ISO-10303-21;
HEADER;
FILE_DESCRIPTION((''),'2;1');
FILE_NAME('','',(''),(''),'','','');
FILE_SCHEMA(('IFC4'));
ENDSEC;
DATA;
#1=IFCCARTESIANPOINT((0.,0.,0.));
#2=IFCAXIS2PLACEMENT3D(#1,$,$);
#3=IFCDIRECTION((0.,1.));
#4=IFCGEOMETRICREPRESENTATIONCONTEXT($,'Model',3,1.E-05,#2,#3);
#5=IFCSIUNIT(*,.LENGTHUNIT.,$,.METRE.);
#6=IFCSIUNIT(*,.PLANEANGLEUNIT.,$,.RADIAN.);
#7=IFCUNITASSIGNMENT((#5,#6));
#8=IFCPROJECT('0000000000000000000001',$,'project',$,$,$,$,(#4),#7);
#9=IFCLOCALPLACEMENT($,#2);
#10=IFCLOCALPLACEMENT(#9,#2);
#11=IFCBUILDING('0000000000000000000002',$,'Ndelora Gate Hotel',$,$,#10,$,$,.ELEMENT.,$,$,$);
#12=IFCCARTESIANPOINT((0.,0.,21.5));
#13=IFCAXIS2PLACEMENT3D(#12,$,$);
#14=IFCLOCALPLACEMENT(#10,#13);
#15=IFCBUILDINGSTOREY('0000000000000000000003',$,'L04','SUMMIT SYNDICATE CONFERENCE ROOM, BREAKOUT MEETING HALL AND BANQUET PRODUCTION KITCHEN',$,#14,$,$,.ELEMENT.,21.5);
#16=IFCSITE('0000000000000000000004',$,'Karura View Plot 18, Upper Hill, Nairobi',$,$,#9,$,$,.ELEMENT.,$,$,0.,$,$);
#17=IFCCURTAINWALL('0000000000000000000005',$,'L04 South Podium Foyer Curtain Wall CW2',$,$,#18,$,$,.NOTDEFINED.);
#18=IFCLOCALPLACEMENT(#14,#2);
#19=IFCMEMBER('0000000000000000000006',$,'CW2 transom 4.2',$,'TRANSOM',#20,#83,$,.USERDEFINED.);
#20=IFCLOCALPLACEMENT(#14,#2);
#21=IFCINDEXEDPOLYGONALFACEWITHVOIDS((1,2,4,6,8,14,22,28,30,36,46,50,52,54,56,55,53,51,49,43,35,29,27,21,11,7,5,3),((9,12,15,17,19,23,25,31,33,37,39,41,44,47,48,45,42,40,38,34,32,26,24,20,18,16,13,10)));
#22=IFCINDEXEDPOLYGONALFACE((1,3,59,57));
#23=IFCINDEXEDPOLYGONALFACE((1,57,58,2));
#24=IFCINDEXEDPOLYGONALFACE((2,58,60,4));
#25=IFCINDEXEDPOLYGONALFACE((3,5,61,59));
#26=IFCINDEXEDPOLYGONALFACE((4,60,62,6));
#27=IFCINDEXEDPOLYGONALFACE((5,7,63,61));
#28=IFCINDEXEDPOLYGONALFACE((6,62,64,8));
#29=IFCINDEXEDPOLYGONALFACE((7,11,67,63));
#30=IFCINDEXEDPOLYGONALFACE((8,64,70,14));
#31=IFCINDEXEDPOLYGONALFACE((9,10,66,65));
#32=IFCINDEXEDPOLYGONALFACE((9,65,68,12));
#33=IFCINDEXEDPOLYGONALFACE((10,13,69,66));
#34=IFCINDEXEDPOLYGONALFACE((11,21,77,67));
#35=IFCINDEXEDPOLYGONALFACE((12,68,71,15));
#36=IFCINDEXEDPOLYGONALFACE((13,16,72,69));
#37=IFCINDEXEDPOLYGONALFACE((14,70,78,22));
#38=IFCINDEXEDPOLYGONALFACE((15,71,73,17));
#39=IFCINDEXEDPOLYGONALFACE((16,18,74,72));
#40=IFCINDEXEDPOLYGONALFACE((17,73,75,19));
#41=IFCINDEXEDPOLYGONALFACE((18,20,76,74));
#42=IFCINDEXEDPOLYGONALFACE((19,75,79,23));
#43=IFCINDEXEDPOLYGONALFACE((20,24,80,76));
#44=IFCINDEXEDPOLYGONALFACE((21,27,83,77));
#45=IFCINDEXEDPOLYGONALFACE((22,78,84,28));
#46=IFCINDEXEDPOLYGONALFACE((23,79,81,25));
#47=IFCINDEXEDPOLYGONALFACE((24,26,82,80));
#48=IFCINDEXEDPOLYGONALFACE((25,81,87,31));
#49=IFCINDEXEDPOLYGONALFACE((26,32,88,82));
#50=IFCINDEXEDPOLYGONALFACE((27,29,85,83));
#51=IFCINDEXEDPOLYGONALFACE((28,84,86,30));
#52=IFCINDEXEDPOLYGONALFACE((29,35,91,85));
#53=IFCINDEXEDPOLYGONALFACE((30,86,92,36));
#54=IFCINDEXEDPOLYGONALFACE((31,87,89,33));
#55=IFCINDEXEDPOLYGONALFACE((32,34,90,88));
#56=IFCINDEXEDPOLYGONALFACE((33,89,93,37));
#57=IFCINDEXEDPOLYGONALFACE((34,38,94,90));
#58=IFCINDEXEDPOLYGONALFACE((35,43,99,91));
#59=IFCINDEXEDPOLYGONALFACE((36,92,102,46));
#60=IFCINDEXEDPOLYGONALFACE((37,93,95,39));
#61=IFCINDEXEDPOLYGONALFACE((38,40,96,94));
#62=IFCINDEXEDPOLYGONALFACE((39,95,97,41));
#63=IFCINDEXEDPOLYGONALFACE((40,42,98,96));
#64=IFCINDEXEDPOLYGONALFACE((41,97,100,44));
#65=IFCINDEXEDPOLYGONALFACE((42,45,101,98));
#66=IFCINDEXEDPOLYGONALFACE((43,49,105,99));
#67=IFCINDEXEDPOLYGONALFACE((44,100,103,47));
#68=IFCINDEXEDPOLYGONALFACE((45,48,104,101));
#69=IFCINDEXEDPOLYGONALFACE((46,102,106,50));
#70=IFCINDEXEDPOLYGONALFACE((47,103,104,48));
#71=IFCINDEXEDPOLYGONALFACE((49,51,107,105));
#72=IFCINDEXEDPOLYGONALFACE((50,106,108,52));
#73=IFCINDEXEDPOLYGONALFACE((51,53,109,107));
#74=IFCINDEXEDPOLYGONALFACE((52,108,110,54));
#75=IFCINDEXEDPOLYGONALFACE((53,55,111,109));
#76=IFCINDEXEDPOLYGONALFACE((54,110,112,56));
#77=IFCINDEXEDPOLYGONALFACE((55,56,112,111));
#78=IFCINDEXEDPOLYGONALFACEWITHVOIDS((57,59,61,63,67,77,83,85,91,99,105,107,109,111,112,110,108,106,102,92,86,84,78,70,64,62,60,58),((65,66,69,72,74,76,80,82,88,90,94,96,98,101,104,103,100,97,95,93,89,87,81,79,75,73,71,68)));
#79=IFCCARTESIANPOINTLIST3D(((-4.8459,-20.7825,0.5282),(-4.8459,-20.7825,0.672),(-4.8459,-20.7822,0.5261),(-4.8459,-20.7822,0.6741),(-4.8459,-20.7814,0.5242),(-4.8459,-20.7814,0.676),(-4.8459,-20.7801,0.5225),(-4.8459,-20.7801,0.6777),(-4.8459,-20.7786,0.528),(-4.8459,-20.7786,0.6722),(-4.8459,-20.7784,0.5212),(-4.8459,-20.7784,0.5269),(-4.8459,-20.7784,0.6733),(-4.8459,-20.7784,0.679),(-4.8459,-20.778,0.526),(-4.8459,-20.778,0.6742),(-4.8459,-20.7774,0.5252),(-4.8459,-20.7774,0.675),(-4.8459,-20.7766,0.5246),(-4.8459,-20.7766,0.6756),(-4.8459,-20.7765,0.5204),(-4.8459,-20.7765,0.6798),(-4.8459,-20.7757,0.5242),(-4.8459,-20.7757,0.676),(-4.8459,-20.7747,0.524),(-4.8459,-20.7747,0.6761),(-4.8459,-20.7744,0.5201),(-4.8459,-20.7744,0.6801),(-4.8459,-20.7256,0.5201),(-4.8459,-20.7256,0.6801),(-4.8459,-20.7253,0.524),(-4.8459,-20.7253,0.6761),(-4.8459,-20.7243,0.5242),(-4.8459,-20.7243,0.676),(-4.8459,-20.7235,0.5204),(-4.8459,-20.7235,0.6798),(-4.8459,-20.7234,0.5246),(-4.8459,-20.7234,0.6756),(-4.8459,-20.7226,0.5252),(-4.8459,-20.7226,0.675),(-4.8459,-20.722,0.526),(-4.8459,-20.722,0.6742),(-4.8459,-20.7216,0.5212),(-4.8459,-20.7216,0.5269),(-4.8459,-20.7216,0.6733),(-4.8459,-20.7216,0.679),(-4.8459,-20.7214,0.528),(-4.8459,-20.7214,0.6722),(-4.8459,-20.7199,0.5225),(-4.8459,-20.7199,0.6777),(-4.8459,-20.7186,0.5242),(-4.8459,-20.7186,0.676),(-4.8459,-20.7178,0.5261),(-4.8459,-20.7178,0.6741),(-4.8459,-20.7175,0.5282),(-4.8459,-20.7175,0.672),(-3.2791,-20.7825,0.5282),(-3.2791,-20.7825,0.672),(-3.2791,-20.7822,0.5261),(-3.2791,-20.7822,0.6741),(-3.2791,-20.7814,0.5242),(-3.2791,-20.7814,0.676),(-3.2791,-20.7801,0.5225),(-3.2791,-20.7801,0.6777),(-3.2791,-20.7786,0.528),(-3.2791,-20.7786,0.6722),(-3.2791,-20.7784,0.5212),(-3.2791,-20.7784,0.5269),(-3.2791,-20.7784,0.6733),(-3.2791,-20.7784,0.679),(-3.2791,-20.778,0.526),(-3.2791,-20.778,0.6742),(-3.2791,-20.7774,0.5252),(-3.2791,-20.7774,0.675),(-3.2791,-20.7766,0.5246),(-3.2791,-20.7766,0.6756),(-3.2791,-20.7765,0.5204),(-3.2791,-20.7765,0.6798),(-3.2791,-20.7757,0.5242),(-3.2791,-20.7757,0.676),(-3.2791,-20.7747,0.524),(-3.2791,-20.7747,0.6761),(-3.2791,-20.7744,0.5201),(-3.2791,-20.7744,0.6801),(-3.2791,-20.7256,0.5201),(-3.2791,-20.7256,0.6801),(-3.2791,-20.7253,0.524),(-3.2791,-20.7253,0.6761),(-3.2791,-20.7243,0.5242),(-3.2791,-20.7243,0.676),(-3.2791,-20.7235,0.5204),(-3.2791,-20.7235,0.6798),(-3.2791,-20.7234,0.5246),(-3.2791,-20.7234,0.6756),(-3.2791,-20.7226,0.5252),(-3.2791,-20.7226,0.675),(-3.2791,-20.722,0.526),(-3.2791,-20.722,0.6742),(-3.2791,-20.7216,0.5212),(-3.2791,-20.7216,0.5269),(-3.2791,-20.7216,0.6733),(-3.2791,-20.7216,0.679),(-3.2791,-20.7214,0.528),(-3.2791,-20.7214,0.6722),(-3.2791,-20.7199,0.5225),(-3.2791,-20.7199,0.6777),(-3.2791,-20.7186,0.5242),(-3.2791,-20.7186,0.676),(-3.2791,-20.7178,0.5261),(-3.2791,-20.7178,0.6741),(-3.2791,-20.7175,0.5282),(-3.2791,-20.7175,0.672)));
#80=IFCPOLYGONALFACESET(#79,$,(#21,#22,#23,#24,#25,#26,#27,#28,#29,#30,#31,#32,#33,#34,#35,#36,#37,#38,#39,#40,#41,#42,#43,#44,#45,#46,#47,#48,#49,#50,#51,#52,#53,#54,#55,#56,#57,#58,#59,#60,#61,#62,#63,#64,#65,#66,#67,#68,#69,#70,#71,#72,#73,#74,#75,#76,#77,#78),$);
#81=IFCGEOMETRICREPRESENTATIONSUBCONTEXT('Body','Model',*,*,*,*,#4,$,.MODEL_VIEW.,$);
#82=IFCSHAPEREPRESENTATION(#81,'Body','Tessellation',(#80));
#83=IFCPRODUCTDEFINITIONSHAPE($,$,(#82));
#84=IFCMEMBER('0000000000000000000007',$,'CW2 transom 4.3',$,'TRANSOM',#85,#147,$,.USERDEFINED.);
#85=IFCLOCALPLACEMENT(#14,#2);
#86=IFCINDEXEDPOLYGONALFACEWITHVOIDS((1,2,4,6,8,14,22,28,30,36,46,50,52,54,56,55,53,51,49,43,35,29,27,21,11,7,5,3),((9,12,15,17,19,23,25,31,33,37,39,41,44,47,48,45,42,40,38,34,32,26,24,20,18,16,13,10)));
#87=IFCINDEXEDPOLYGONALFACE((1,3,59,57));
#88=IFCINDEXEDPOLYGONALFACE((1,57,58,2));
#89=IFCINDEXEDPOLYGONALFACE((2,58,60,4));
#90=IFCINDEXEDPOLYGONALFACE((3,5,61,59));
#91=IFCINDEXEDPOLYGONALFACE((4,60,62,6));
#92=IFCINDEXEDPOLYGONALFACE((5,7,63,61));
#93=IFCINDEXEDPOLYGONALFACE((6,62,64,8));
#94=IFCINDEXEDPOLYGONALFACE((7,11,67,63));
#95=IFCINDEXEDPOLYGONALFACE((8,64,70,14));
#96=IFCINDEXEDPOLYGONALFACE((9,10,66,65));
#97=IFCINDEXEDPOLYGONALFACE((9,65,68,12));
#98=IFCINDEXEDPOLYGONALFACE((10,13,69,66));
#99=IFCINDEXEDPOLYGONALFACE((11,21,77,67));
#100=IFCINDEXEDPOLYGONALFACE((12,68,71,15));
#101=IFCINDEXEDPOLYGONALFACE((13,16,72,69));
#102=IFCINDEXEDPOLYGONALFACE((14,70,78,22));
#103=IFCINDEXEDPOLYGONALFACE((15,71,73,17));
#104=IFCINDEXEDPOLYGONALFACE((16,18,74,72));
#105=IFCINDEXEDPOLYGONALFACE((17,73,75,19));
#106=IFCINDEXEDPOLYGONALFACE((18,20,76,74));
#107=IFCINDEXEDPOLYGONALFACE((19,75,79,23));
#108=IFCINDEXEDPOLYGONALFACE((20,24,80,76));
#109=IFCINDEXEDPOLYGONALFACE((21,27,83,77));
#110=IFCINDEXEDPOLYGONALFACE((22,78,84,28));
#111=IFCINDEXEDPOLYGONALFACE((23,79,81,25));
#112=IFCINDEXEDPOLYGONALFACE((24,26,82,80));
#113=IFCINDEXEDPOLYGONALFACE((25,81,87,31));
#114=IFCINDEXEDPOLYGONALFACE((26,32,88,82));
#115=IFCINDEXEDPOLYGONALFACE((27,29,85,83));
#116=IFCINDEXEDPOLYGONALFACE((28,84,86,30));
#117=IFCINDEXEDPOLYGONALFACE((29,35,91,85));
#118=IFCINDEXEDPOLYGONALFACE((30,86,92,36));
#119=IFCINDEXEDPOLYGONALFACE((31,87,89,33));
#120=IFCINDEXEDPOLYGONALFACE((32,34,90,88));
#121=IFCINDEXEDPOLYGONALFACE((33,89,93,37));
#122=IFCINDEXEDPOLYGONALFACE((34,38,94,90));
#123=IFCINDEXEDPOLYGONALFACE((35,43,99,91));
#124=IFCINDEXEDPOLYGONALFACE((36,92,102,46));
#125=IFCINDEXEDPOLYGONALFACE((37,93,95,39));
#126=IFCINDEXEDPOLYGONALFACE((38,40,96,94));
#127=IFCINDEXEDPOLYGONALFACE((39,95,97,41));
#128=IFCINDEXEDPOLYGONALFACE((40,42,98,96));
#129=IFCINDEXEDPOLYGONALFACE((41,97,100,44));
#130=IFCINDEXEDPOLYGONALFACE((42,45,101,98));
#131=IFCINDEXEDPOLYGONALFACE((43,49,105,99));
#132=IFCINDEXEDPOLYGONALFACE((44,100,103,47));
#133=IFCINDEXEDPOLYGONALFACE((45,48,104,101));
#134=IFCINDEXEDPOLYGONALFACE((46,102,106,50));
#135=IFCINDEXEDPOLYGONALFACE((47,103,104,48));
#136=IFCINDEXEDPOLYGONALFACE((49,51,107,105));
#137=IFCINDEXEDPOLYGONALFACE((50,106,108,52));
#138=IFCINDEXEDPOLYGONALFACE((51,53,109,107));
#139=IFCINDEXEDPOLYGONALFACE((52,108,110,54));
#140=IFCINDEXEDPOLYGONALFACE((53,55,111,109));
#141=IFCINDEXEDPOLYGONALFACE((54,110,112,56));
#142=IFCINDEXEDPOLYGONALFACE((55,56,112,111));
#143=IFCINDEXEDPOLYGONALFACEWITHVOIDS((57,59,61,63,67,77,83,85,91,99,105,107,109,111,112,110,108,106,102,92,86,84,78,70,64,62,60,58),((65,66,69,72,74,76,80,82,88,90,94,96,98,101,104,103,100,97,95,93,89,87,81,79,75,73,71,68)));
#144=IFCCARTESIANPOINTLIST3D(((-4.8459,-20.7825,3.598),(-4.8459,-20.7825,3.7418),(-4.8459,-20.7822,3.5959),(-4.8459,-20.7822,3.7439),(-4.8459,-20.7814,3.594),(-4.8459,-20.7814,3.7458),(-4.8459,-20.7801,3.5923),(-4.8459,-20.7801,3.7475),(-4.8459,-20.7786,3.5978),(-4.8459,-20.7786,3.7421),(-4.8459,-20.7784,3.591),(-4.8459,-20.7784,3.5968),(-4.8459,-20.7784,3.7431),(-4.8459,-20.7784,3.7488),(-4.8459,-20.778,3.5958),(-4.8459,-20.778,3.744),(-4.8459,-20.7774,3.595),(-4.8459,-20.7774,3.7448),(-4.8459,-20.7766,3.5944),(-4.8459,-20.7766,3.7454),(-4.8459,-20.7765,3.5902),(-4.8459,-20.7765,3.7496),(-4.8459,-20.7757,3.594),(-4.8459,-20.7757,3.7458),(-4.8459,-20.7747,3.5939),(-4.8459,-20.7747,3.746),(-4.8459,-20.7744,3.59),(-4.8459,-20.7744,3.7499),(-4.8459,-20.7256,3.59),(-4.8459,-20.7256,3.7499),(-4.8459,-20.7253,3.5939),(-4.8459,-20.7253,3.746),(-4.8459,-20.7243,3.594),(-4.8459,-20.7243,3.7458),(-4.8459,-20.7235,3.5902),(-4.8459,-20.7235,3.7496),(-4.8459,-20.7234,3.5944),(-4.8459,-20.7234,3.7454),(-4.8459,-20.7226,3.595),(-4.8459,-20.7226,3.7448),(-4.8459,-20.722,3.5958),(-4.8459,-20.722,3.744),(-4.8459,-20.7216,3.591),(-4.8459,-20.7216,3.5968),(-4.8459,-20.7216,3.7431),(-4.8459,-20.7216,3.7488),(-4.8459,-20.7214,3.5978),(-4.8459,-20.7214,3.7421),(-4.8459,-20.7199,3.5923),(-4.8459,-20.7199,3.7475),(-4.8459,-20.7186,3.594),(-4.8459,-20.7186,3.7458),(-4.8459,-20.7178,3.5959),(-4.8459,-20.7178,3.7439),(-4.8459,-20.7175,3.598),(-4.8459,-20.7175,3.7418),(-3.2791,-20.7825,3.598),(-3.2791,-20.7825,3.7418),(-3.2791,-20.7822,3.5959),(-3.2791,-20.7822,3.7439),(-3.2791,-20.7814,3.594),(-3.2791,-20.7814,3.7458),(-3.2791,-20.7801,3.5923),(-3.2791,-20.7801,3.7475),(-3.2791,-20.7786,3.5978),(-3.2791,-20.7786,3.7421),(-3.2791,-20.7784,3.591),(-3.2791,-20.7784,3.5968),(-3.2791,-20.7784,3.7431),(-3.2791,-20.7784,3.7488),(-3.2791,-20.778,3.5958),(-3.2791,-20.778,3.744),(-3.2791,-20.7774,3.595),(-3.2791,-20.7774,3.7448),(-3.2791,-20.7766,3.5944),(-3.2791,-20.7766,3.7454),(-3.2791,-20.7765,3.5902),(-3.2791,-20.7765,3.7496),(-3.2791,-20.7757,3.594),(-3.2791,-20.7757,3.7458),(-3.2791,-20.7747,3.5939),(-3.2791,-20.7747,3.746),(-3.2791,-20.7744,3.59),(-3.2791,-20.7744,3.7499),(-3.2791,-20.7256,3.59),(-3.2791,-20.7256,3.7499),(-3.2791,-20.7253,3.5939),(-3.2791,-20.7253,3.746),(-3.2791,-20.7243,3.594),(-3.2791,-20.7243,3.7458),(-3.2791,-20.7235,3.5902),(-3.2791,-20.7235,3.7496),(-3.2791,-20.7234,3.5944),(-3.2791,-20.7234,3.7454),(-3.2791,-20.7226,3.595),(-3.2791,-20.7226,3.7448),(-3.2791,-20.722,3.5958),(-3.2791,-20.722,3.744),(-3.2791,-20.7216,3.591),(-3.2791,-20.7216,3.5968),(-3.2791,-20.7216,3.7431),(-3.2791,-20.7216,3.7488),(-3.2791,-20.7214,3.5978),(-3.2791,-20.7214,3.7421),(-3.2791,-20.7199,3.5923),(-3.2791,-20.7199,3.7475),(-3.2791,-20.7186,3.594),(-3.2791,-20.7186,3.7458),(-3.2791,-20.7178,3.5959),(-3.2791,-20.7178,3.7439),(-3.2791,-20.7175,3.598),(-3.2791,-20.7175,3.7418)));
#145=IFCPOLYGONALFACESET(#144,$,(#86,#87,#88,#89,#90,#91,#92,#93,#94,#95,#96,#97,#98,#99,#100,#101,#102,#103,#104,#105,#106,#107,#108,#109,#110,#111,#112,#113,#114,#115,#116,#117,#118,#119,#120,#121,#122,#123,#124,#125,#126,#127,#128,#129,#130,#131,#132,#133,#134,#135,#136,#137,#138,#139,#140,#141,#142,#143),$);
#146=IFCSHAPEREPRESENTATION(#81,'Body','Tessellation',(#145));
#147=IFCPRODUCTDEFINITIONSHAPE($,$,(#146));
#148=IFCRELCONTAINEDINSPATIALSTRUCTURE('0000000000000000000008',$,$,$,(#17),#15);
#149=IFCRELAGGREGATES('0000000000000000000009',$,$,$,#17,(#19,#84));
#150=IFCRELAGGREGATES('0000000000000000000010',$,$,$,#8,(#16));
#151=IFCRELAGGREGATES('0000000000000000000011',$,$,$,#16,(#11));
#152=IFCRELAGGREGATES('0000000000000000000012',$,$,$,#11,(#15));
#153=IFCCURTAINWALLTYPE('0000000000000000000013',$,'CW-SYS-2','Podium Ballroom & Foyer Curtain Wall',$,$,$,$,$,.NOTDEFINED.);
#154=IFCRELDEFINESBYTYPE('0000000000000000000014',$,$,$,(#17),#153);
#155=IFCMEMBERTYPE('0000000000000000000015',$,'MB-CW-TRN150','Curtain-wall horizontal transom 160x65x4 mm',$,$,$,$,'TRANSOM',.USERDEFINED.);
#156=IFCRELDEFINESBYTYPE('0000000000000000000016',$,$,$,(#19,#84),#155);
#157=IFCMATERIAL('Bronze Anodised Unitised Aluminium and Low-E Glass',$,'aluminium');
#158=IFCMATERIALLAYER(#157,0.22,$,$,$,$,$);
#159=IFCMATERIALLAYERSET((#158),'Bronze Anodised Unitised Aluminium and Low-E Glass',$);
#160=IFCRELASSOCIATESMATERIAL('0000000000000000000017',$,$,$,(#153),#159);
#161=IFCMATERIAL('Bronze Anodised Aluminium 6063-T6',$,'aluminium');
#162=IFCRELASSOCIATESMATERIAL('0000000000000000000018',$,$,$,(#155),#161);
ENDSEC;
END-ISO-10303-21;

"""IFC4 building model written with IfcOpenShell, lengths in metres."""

from ifc_helpers import new_model, si_unit, direction, frame, origin, origin_2d, place, context, subcontext, project, spatial, hollow_rectangle, extrude, material, layer, layer_set, material_profile, profile_set, type_object, element, aggregate, save


model = new_model("IFC4")

# Units and contexts
model_context = context("Model", 3, precision=1e-05, world=origin(), true_north=direction((0.0, 1.0)))
body_context = subcontext(model_context, "Body", "Model", "MODEL_VIEW")
ifc_project = project(units=[si_unit("LENGTHUNIT", "METRE"), si_unit("PLANEANGLEUNIT", "RADIAN")], contexts=[model_context])

# Site, building, storey
site_placement = place(None, origin())
site = spatial("IfcSite", under=ifc_project, at=site_placement, Name="Karura View Plot 18, Upper Hill, Nairobi", CompositionType="ELEMENT", RefElevation=0.0)
building_placement = place(site_placement, origin())
building = spatial("IfcBuilding", under=site, at=building_placement, Name="Ndelora Gate Hotel", CompositionType="ELEMENT")
storey_placement = place(building_placement, frame((0.0, 0.0, 21.5)))
storey = spatial("IfcBuildingStorey", under=building, at=storey_placement, Name="L04", Description="SUMMIT SYNDICATE CONFERENCE ROOM, BREAKOUT MEETING HALL AND BANQUET PRODUCTION KITCHEN", CompositionType="ELEMENT", Elevation=21.5)

# Curtain wall, members
ifc_material_1 = material(Name="Bronze Anodised Unitised Aluminium and Low-E Glass", Category="aluminium")
ifc_layer_1 = layer(ifc_material_1, 0.22)
ifc_layer_set_1 = layer_set([ifc_layer_1], Name="Bronze Anodised Unitised Aluminium and Low-E Glass")
curtain_wall_type = type_object("IfcCurtainWallType", Name="CW-SYS-2", Description="Podium Ballroom & Foyer Curtain Wall", PredefinedType="NOTDEFINED", material=ifc_layer_set_1)
curtain_wall_placement = place(storey_placement, origin())
curtain_wall = element("IfcCurtainWall", 1, at=curtain_wall_placement, inside=storey, type_object=curtain_wall_type, Name="L04 South Podium Foyer Curtain Wall CW2", PredefinedType="NOTDEFINED")
ifc_material_2 = material(Name="Bronze Anodised Aluminium 6063-T6", Category="aluminium")
ifc_material_profile_1 = material_profile(ifc_material_2, hollow_rectangle(XDim=0.0649, YDim=0.1599, WallThickness=0.0039, InnerFilletRadius=0.0039, OuterFilletRadius=0.0081, at=origin_2d()), Name="ALU 160x65x4")
ifc_profile_set_1 = profile_set([ifc_material_profile_1], Name="Bronze Anodised Aluminium 6063-T6")
member_type_1 = type_object("IfcMemberType", Name="MB-CW-TRN150", Description="Curtain-wall horizontal transom 160x65x4 mm", ElementType="TRANSOM", PredefinedType="USERDEFINED", material=ifc_profile_set_1)
member_1_placement = place(storey_placement, frame((-4.8459, -20.75, 0.6001), z_axis=(1.0, 0.0, 0.0), x_axis=(0.0, 1.0, 0.0)))
member_1 = element("IfcMember", 2, at=member_1_placement, type_object=member_type_1, Name="CW2 transom 4.2", ObjectType="TRANSOM", PredefinedType="USERDEFINED", context=body_context, shape_type="SweptSolid", body=[
    extrude(hollow_rectangle(XDim=0.0649, YDim=0.1599, WallThickness=0.0039, InnerFilletRadius=0.0039, OuterFilletRadius=0.0081, at=origin_2d()), origin(), (0.0, 0.0, 1.0), 1.5669),
])
member_2_placement = place(storey_placement, frame((-4.8459, -20.75, 3.6699), z_axis=(1.0, 0.0, 0.0), x_axis=(0.0, 1.0, 0.0)))
member_2 = element("IfcMember", 3, at=member_2_placement, type_object=member_type_1, Name="CW2 transom 4.3", ObjectType="TRANSOM", PredefinedType="USERDEFINED", context=body_context, shape_type="SweptSolid", body=[
    extrude(hollow_rectangle(XDim=0.0649, YDim=0.1599, WallThickness=0.0039, InnerFilletRadius=0.0039, OuterFilletRadius=0.0081, at=origin_2d()), origin(), (0.0, 0.0, 1.0), 1.5669),
])
aggregate(curtain_wall, [member_1, member_2])

save(model, "model.ifc")
